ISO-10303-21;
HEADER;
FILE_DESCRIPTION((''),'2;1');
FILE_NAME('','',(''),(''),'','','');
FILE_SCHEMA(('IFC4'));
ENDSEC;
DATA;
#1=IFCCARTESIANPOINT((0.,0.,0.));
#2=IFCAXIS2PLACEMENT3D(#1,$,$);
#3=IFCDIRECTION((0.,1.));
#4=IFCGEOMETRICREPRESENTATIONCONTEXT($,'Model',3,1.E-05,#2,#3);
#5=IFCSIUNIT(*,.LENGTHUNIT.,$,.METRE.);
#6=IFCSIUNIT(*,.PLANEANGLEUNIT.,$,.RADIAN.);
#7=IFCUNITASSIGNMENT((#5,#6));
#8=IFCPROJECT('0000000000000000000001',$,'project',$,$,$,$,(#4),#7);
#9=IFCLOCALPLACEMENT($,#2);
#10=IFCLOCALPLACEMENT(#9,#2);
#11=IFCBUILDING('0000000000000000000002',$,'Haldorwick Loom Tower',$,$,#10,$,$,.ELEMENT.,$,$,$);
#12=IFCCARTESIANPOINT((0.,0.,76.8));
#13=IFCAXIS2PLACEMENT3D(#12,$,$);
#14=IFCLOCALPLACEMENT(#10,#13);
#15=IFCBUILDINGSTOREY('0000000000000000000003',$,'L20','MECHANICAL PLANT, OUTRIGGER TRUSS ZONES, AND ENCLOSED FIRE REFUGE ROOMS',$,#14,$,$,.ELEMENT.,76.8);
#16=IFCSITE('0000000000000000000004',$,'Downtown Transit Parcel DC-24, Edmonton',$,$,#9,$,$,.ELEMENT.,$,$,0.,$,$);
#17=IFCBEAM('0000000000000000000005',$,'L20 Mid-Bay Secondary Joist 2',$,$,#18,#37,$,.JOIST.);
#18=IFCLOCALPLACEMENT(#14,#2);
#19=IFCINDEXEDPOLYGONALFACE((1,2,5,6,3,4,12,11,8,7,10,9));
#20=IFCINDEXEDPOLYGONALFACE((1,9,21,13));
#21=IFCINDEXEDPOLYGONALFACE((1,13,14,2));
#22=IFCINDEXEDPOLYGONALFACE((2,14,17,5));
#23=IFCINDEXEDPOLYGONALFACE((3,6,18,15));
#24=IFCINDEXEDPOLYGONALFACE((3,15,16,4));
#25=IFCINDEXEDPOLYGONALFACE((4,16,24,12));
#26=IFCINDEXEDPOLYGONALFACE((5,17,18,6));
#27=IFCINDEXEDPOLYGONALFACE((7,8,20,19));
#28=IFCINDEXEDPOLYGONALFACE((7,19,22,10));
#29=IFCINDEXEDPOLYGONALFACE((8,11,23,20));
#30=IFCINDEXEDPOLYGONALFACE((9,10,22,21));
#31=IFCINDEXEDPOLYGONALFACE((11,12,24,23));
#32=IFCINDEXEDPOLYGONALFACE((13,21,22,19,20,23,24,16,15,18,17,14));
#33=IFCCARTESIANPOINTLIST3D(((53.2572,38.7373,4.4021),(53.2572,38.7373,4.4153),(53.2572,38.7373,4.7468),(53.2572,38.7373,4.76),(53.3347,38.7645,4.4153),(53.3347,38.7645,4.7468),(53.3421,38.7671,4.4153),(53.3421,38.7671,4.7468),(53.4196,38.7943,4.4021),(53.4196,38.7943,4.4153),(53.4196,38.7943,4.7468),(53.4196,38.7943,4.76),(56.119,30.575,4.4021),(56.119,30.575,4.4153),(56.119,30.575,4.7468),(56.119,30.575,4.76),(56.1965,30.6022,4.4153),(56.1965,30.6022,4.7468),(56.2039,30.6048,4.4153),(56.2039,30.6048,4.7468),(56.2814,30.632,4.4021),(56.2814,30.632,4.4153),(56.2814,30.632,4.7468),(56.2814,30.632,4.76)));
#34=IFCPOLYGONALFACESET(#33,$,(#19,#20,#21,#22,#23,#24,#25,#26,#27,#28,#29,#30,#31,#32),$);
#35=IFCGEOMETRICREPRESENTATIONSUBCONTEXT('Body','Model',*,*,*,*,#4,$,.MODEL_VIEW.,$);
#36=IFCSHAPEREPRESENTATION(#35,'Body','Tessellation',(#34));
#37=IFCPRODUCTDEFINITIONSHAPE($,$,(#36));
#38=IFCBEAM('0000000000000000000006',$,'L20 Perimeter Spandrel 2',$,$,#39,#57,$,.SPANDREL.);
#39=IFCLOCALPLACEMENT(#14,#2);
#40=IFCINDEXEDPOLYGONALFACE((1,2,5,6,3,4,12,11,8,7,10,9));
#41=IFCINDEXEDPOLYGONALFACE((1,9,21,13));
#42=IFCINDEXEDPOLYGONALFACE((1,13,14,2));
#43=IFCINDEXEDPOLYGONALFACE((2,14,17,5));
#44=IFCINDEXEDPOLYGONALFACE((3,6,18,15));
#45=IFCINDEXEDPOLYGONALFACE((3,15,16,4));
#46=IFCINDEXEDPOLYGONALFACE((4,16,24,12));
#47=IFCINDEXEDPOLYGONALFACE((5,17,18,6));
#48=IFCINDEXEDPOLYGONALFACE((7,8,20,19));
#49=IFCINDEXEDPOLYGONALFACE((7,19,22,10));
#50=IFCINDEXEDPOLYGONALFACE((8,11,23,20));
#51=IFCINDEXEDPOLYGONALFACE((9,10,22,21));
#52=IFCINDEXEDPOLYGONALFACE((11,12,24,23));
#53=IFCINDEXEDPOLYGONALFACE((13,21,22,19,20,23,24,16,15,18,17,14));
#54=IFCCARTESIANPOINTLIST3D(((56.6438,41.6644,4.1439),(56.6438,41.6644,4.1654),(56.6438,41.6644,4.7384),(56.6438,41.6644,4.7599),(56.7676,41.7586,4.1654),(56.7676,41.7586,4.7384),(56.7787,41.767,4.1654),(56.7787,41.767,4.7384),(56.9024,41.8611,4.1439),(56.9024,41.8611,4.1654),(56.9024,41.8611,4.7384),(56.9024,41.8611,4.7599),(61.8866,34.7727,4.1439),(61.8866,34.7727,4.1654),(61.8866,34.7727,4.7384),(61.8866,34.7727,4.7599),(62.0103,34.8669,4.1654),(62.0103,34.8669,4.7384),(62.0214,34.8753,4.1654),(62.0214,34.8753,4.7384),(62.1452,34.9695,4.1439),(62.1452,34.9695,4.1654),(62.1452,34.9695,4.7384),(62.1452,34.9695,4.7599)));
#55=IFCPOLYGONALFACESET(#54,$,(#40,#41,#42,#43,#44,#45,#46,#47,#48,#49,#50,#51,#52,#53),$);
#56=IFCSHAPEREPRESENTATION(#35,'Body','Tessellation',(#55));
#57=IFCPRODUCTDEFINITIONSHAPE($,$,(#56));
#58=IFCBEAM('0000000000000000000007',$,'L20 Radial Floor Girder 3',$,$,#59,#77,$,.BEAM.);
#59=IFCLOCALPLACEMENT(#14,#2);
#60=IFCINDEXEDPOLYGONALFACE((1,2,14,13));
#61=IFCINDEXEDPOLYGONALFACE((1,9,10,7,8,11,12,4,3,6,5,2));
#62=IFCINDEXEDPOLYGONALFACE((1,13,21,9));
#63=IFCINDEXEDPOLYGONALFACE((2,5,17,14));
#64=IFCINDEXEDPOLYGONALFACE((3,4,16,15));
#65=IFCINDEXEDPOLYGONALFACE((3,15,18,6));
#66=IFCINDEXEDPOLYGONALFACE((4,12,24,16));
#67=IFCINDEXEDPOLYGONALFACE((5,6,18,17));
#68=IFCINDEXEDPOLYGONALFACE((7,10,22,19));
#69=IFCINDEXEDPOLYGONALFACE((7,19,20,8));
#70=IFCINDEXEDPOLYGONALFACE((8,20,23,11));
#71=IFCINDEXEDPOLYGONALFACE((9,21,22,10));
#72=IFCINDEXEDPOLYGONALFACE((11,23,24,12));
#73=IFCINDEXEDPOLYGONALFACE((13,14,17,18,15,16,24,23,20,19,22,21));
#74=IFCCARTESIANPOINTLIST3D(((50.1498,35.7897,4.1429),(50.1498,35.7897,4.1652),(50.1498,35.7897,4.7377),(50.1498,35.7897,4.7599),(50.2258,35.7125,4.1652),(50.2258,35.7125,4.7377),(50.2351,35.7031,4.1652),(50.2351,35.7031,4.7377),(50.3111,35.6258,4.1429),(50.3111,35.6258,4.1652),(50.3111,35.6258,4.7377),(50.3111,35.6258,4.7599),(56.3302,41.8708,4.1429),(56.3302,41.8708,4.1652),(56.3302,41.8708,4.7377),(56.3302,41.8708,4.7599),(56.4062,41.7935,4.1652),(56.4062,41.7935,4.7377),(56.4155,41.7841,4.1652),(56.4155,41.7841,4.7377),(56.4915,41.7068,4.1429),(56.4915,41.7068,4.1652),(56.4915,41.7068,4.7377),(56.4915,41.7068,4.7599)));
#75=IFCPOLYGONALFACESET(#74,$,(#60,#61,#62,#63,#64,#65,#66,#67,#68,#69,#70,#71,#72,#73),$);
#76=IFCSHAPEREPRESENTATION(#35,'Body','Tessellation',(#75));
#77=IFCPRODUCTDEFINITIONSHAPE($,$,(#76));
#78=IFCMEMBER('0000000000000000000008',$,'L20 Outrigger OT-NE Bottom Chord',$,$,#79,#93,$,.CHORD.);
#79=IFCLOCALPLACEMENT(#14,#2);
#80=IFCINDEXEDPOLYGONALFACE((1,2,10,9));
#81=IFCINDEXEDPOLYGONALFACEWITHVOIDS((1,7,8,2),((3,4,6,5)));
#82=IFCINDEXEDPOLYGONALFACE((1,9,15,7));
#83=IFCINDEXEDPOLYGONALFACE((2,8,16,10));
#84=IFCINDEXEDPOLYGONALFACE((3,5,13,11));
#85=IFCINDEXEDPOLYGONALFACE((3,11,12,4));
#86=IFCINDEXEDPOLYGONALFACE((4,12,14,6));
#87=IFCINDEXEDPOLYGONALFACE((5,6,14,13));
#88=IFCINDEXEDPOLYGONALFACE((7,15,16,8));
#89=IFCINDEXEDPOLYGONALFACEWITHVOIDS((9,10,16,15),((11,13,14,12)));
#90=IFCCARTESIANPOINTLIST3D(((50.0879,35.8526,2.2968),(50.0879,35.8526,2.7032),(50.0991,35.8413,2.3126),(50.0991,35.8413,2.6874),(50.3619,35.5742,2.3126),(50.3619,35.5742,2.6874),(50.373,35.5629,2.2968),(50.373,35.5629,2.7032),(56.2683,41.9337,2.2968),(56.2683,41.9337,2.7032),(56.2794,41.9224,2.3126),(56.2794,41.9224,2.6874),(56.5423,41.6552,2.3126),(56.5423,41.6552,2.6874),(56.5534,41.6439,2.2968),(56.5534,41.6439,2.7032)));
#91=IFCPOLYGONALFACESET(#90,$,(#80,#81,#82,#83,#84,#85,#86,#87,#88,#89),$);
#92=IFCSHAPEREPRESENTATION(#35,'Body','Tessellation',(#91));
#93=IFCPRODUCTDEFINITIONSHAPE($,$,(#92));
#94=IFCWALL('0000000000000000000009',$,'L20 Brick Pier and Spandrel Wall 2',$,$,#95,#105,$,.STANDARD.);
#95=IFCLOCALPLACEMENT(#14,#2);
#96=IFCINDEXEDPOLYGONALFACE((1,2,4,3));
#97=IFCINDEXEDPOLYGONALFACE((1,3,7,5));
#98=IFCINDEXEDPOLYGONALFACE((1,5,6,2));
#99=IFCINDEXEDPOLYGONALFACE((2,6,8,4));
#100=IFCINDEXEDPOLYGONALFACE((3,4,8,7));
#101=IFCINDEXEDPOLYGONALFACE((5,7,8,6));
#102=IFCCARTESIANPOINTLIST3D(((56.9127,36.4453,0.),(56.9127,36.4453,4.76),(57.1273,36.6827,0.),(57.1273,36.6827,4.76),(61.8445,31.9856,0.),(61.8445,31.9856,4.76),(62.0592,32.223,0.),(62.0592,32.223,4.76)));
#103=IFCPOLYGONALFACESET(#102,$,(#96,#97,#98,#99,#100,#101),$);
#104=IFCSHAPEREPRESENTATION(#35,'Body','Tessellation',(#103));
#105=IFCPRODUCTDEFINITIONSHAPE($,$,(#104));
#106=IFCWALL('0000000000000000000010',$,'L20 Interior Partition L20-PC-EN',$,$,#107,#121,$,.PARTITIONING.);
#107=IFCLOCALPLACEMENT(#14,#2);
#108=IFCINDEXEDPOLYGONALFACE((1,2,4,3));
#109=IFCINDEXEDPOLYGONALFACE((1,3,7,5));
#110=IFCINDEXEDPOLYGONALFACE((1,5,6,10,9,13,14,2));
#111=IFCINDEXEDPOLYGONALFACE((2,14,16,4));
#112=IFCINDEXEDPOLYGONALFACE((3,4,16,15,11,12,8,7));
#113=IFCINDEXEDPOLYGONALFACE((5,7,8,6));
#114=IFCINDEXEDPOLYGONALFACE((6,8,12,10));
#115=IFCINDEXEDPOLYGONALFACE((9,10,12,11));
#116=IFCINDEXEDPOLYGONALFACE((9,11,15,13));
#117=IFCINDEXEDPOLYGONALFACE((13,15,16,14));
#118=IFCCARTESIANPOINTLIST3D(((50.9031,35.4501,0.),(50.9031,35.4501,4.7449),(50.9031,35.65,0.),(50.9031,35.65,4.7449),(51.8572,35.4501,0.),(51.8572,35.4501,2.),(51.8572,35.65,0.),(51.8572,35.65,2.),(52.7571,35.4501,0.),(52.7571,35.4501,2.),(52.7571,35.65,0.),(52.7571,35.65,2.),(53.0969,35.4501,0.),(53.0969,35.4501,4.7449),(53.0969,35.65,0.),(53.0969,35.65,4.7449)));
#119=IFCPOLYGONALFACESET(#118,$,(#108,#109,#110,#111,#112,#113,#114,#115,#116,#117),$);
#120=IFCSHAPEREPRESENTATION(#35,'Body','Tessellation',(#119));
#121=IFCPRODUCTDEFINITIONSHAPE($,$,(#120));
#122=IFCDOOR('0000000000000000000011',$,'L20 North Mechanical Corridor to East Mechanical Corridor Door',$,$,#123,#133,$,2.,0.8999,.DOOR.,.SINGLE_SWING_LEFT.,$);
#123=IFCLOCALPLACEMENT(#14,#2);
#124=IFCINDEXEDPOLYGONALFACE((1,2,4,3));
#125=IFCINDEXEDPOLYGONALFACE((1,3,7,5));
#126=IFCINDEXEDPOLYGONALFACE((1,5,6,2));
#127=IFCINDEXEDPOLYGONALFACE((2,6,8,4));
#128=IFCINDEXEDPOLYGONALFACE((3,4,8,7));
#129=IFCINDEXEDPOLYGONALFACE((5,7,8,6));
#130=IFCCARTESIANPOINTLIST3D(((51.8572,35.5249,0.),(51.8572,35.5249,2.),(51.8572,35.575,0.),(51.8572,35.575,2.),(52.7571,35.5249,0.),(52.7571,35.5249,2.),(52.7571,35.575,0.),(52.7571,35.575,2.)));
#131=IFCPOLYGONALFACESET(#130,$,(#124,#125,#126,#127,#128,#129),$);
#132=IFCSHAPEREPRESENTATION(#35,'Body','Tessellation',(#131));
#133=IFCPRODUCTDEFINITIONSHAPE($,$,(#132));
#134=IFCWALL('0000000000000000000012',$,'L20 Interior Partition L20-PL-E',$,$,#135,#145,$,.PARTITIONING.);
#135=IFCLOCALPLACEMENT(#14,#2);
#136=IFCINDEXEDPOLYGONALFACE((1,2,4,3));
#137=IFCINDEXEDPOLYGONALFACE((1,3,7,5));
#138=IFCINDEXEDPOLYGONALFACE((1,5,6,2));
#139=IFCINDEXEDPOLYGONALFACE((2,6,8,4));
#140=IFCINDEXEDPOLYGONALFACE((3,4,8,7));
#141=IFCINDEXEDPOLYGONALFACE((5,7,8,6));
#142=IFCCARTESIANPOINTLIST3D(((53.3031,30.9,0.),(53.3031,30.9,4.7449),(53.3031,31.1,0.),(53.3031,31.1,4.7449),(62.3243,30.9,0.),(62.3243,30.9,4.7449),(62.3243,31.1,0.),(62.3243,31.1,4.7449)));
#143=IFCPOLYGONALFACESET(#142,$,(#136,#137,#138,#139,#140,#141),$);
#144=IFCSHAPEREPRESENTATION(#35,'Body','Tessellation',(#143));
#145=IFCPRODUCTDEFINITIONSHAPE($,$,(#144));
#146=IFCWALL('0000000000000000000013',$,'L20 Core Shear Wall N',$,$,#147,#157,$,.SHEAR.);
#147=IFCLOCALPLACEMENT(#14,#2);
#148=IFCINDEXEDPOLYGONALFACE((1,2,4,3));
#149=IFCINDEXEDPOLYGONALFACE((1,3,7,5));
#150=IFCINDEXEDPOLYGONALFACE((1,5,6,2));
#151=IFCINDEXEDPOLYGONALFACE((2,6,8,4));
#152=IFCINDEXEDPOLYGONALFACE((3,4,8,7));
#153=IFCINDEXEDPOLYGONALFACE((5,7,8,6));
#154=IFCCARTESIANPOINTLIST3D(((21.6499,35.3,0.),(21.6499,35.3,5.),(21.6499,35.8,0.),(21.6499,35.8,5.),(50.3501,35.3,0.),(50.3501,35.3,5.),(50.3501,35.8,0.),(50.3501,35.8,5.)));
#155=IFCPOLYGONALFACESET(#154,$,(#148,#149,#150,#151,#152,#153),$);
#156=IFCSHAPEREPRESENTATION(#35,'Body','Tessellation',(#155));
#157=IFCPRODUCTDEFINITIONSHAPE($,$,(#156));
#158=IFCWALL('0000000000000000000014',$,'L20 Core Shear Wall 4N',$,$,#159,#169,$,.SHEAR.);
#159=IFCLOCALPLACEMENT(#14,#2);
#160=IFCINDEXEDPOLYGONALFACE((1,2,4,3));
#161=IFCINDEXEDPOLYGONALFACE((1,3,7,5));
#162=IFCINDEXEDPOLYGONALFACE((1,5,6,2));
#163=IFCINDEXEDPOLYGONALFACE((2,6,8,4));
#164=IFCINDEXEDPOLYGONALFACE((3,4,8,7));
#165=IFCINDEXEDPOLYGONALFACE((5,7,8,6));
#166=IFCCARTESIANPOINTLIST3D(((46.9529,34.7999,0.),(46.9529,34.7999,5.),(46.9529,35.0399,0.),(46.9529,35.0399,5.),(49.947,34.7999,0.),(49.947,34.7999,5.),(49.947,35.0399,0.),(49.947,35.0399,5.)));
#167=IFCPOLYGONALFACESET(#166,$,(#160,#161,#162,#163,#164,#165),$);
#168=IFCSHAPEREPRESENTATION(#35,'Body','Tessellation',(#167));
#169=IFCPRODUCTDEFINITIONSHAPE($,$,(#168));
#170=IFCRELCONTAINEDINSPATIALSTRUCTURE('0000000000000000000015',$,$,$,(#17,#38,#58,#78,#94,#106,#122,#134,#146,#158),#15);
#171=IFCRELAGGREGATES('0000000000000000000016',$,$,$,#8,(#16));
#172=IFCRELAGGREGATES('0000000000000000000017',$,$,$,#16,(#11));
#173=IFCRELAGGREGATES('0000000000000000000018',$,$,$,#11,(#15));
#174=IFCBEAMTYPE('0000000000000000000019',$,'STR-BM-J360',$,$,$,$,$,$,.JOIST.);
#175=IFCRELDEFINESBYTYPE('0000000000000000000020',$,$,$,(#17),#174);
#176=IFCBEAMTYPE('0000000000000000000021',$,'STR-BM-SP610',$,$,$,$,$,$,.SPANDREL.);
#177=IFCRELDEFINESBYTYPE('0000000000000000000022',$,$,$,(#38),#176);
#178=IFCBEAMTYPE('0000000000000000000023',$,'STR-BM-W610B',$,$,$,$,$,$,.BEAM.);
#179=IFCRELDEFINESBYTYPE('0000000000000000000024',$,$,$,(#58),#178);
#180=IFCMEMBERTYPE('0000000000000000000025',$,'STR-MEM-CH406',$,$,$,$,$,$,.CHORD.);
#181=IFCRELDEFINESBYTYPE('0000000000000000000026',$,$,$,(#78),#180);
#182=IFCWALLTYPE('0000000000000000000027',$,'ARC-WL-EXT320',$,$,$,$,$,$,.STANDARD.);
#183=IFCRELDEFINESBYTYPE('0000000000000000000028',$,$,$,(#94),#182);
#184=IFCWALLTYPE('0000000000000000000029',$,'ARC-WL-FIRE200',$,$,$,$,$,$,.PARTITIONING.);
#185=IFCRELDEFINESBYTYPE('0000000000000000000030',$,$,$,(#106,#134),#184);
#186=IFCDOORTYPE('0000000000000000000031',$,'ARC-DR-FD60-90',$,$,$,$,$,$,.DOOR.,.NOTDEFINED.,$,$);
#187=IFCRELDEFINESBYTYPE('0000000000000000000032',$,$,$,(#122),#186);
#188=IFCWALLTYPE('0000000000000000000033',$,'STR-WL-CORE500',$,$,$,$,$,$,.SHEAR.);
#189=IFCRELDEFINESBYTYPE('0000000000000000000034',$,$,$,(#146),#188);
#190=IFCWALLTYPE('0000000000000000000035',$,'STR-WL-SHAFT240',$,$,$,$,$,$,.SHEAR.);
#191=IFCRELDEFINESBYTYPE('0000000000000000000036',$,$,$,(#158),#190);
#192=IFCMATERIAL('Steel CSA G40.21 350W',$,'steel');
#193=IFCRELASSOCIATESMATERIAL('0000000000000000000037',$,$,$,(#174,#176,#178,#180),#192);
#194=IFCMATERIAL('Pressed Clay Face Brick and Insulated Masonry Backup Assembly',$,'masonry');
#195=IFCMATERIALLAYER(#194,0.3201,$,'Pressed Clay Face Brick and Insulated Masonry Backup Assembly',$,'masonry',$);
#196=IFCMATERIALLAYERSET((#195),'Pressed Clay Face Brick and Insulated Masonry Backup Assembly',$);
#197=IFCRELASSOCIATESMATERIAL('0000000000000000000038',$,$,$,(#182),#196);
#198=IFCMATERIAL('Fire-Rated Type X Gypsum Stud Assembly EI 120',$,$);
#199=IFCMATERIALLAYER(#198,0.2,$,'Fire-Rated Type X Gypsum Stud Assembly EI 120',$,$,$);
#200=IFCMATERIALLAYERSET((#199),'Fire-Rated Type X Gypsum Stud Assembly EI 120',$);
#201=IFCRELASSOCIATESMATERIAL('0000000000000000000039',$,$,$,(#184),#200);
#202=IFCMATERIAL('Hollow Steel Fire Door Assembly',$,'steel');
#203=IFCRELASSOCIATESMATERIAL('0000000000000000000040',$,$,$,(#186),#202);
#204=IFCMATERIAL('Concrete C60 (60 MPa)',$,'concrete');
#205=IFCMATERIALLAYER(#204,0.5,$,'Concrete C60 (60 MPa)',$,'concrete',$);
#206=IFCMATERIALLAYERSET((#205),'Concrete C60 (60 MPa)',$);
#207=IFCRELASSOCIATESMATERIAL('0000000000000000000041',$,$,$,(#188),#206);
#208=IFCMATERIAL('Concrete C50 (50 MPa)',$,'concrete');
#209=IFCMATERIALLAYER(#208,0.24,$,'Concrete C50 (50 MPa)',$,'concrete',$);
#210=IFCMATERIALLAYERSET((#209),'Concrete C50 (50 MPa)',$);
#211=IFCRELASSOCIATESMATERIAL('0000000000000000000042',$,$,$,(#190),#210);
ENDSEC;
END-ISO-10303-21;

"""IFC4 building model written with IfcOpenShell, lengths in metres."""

from ifc_helpers import new_model, si_unit, direction, frame, frame_2d, origin, origin_2d, place, context, subcontext, project, spatial, rectangle, hollow_rectangle, i_section, extrude, material, layer, layer_set, material_profile, profile_set, type_object, element, fill, save


model = new_model("IFC4")

# Units and contexts
model_context = context("Model", 3, precision=1e-05, world=origin(), true_north=direction((0.0, 1.0)))
body_context = subcontext(model_context, "Body", "Model", "MODEL_VIEW")
ifc_project = project(units=[si_unit("LENGTHUNIT", "METRE"), si_unit("PLANEANGLEUNIT", "RADIAN")], contexts=[model_context])

# Site, building, storey
site_placement = place(None, origin())
site = spatial("IfcSite", under=ifc_project, at=site_placement, Name="Downtown Transit Parcel DC-24, Edmonton", CompositionType="ELEMENT", RefElevation=0.0)
building_placement = place(site_placement, origin())
building = spatial("IfcBuilding", under=site, at=building_placement, Name="Haldorwick Loom Tower", CompositionType="ELEMENT")
storey_placement = place(building_placement, frame((0.0, 0.0, 76.8)))
storey = spatial("IfcBuildingStorey", under=building, at=storey_placement, Name="L20", Description="MECHANICAL PLANT, OUTRIGGER TRUSS ZONES, AND ENCLOSED FIRE REFUGE ROOMS", CompositionType="ELEMENT", Elevation=76.8)

# Shared definitions
ifc_material_1 = material(Name="Concrete C60 (60 MPa)", Category="concrete")

# Beams
ifc_material_2 = material(Name="Steel CSA G40.21 350W", Category="steel")
ifc_material_profile_1 = material_profile(ifc_material_2, i_section(OverallWidth=0.1721, OverallDepth=0.3579, WebThickness=0.0078, FlangeThickness=0.0132, at=origin_2d()), Name="W360X57", Category="steel")
ifc_profile_set_1 = profile_set([ifc_material_profile_1], Name="Steel CSA G40.21 350W")
beam_type_1 = type_object("IfcBeamType", Name="STR-BM-J360", PredefinedType="JOIST", material=ifc_profile_set_1)
beam_1_placement = place(storey_placement, frame((56.2002, 30.6035, 4.5811), z_axis=(-0.330865, 0.943678, 0.0), x_axis=(-0.943678, -0.330865, 0.0)))
element("IfcBeam", 1, at=beam_1_placement, inside=storey, type_object=beam_type_1, Name="L20 Mid-Bay Secondary Joist 2", PredefinedType="JOIST", context=body_context, shape_type="SweptSolid", body=[
    extrude(i_section(OverallWidth=0.1721, OverallDepth=0.3579, WebThickness=0.0078, FlangeThickness=0.0132, at=origin_2d()), origin(), (0.0, 0.0, 1.0), 8.6494),
])
ifc_material_profile_2 = material_profile(ifc_material_2, i_section(OverallWidth=0.325, OverallDepth=0.616, WebThickness=0.0139, FlangeThickness=0.0215, at=origin_2d()), Name="W610X174", Category="steel")
ifc_profile_set_2 = profile_set([ifc_material_profile_2], Name="Steel CSA G40.21 350W")
beam_type_2 = type_object("IfcBeamType", Name="STR-BM-SP610", PredefinedType="SPANDREL", material=ifc_profile_set_2)
beam_2_placement = place(storey_placement, frame((62.0159, 34.8711, 4.4519), z_axis=(-0.605454, 0.795881, 0.0), x_axis=(-0.795881, -0.605454, 0.0)))
element("IfcBeam", 2, at=beam_2_placement, inside=storey, type_object=beam_type_2, Name="L20 Perimeter Spandrel 2", PredefinedType="SPANDREL", context=body_context, shape_type="SweptSolid", body=[
    extrude(i_section(OverallWidth=0.325, OverallDepth=0.616, WebThickness=0.0139, FlangeThickness=0.0215, at=origin_2d()), origin(), (0.0, 0.0, 1.0), 8.6592),
])
ifc_material_profile_3 = material_profile(ifc_material_2, i_section(OverallWidth=0.23, OverallDepth=0.6169, WebThickness=0.0132, FlangeThickness=0.0222, at=origin_2d()), Name="W610X140", Category="steel")
ifc_profile_set_3 = profile_set([ifc_material_profile_3], Name="Steel CSA G40.21 350W")
beam_type_3 = type_object("IfcBeamType", Name="STR-BM-W610B", PredefinedType="BEAM", material=ifc_profile_set_3)
beam_3_placement = place(storey_placement, frame((50.2305, 35.7078, 4.4514), z_axis=(0.712814, 0.701353, 0.0), x_axis=(-0.701353, 0.712814, 0.0)))
element("IfcBeam", 3, at=beam_3_placement, inside=storey, type_object=beam_type_3, Name="L20 Radial Floor Girder 3", PredefinedType="BEAM", context=body_context, shape_type="SweptSolid", body=[
    extrude(i_section(OverallWidth=0.23, OverallDepth=0.6169, WebThickness=0.0132, FlangeThickness=0.0222, at=origin_2d()), origin(), (0.0, 0.0, 1.0), 8.6704),
])

# Member
ifc_material_profile_4 = material_profile(ifc_material_2, hollow_rectangle(XDim=0.4065, YDim=0.4065, WallThickness=0.0159, at=origin_2d()), Name="HSS406X406X16", Category="steel")
ifc_profile_set_4 = profile_set([ifc_material_profile_4], Name="Steel CSA G40.21 350W")
member_type = type_object("IfcMemberType", Name="STR-MEM-CH406", PredefinedType="CHORD", material=ifc_profile_set_4)
member_placement = place(storey_placement, frame((50.2305, 35.7078, 2.5), z_axis=(0.712814, 0.701353, 0.0), x_axis=(-0.701353, 0.712814, 0.0)))
element("IfcMember", 4, at=member_placement, inside=storey, type_object=member_type, Name="L20 Outrigger OT-NE Bottom Chord", PredefinedType="CHORD", context=body_context, shape_type="SweptSolid", body=[
    extrude(hollow_rectangle(XDim=0.4065, YDim=0.4065, WallThickness=0.0159, at=origin_2d()), origin(), (0.0, 0.0, 1.0), 8.6704),
])

# Wall
ifc_material_3 = material(Name="Pressed Clay Face Brick and Insulated Masonry Backup Assembly", Category="masonry")
ifc_layer_1 = layer(ifc_material_3, 0.3201, Name="Pressed Clay Face Brick and Insulated Masonry Backup Assembly", Category="masonry")
ifc_layer_set_1 = layer_set([ifc_layer_1], Name="Pressed Clay Face Brick and Insulated Masonry Backup Assembly")
wall_type_1 = type_object("IfcWallType", Name="ARC-WL-EXT320", PredefinedType="STANDARD", material=ifc_layer_set_1)
wall_1_placement = place(storey_placement, frame((61.9519, 32.1042, 0.0), z_axis=(0.0, 0.0, 1.0), x_axis=(-0.74172, 0.670709, 0.0)))
element("IfcWall", 5, at=wall_1_placement, inside=storey, type_object=wall_type_1, Name="L20 Brick Pier and Spandrel Wall 2", PredefinedType="STANDARD", context=body_context, shape_type="SweptSolid", body=[
    extrude(rectangle(XDim=6.6492, YDim=0.3201, at=frame_2d((3.3247, 0.0))), origin(), (0.0, 0.0, 1.0), 4.76),
])

# Wall, opening, door
ifc_material_4 = material(Name="Fire-Rated Type X Gypsum Stud Assembly EI 120")
ifc_layer_2 = layer(ifc_material_4, 0.2, Name="Fire-Rated Type X Gypsum Stud Assembly EI 120")
ifc_layer_set_2 = layer_set([ifc_layer_2], Name="Fire-Rated Type X Gypsum Stud Assembly EI 120")
wall_type_2 = type_object("IfcWallType", Name="ARC-WL-FIRE200", PredefinedType="PARTITIONING", material=ifc_layer_set_2)
wall_2_placement = place(storey_placement, frame((50.9031, 35.55, 0.0), z_axis=(0.0, 0.0, 1.0), x_axis=(1.0, 0.0, 0.0)))
wall_2 = element("IfcWall", 6, at=wall_2_placement, inside=storey, type_object=wall_type_2, Name="L20 Interior Partition L20-PC-EN", PredefinedType="PARTITIONING", context=body_context, shape_type="SweptSolid", body=[
    extrude(rectangle(XDim=2.1938, YDim=0.2, at=frame_2d((1.0969, 0.0))), origin(), (0.0, 0.0, 1.0), 4.7449),
])
opening_placement = place(wall_2_placement, frame((0.9541, 0.0, 0.0)))
opening = element("IfcOpeningElement", 7, at=opening_placement, cuts=wall_2, PredefinedType="OPENING", context=body_context, shape_type="SweptSolid", body=[
    extrude(rectangle(XDim=0.8999, YDim=2.0, at=frame_2d((0.45, 1.0))), frame((0.0, 0.1099, 0.0), z_axis=(0.0, -1.0, 0.0), x_axis=(1.0, 0.0, 0.0)), (0.0, 0.0, 1.0), 0.22),
])
ifc_material_5 = material(Name="Hollow Steel Fire Door Assembly", Category="steel")
door_type = type_object("IfcDoorType", Name="ARC-DR-FD60-90", OperationType="NOTDEFINED", PredefinedType="DOOR", material=ifc_material_5)
door_placement = place(opening_placement, origin())
door = element("IfcDoor", 8, at=door_placement, inside=storey, type_object=door_type, Name="L20 North Mechanical Corridor to East Mechanical Corridor Door", OperationType="SINGLE_SWING_LEFT", OverallHeight=2.0, OverallWidth=0.8999, PredefinedType="DOOR", context=body_context, shape_type="SweptSolid", body=[
    extrude(rectangle(XDim=0.8999, YDim=2.0, at=frame_2d((0.45, 1.0))), frame((0.0, 0.0249, 0.0), z_axis=(0.0, -1.0, 0.0), x_axis=(1.0, 0.0, 0.0)), (0.0, 0.0, 1.0), 0.05),
])
fill(opening, door)

# Walls
wall_3_placement = place(storey_placement, frame((53.303, 31.0, 0.0), z_axis=(0.0, 0.0, 1.0), x_axis=(1.0, 0.0, 0.0)))
element("IfcWall", 9, at=wall_3_placement, inside=storey, type_object=wall_type_2, Name="L20 Interior Partition L20-PL-E", PredefinedType="PARTITIONING", context=body_context, shape_type="SweptSolid", body=[
    extrude(rectangle(XDim=9.0212, YDim=0.2, at=frame_2d((4.5107, 0.0))), origin(), (0.0, 0.0, 1.0), 4.7449),
])
ifc_layer_3 = layer(ifc_material_1, 0.5, Name="Concrete C60 (60 MPa)", Category="concrete")
ifc_layer_set_3 = layer_set([ifc_layer_3], Name="Concrete C60 (60 MPa)")
wall_type_3 = type_object("IfcWallType", Name="STR-WL-CORE500", PredefinedType="SHEAR", material=ifc_layer_set_3)
wall_4_placement = place(storey_placement, frame((50.3501, 35.55, 0.0), z_axis=(0.0, 0.0, 1.0), x_axis=(-1.0, 0.0, 0.0)))
element("IfcWall", 10, at=wall_4_placement, inside=storey, type_object=wall_type_3, Name="L20 Core Shear Wall N", PredefinedType="SHEAR", context=body_context, shape_type="SweptSolid", body=[
    extrude(rectangle(XDim=28.7002, YDim=0.5, at=frame_2d((14.3501, 0.0))), origin(), (0.0, 0.0, 1.0), 5.0),
])
ifc_material_6 = material(Name="Concrete C50 (50 MPa)", Category="concrete")
ifc_layer_4 = layer(ifc_material_6, 0.24, Name="Concrete C50 (50 MPa)", Category="concrete")
ifc_layer_set_4 = layer_set([ifc_layer_4], Name="Concrete C50 (50 MPa)")
wall_type_4 = type_object("IfcWallType", Name="STR-WL-SHAFT240", PredefinedType="SHEAR", material=ifc_layer_set_4)
wall_5_placement = place(storey_placement, frame((46.9529, 34.9199, 0.0), z_axis=(0.0, 0.0, 1.0), x_axis=(1.0, 0.0, 0.0)))
element("IfcWall", 11, at=wall_5_placement, inside=storey, type_object=wall_type_4, Name="L20 Core Shear Wall 4N", PredefinedType="SHEAR", context=body_context, shape_type="SweptSolid", body=[
    extrude(rectangle(XDim=2.9941, YDim=0.24, at=frame_2d((1.4971, 0.0))), origin(), (0.0, 0.0, 1.0), 5.0),
])

save(model, "model.ifc")
